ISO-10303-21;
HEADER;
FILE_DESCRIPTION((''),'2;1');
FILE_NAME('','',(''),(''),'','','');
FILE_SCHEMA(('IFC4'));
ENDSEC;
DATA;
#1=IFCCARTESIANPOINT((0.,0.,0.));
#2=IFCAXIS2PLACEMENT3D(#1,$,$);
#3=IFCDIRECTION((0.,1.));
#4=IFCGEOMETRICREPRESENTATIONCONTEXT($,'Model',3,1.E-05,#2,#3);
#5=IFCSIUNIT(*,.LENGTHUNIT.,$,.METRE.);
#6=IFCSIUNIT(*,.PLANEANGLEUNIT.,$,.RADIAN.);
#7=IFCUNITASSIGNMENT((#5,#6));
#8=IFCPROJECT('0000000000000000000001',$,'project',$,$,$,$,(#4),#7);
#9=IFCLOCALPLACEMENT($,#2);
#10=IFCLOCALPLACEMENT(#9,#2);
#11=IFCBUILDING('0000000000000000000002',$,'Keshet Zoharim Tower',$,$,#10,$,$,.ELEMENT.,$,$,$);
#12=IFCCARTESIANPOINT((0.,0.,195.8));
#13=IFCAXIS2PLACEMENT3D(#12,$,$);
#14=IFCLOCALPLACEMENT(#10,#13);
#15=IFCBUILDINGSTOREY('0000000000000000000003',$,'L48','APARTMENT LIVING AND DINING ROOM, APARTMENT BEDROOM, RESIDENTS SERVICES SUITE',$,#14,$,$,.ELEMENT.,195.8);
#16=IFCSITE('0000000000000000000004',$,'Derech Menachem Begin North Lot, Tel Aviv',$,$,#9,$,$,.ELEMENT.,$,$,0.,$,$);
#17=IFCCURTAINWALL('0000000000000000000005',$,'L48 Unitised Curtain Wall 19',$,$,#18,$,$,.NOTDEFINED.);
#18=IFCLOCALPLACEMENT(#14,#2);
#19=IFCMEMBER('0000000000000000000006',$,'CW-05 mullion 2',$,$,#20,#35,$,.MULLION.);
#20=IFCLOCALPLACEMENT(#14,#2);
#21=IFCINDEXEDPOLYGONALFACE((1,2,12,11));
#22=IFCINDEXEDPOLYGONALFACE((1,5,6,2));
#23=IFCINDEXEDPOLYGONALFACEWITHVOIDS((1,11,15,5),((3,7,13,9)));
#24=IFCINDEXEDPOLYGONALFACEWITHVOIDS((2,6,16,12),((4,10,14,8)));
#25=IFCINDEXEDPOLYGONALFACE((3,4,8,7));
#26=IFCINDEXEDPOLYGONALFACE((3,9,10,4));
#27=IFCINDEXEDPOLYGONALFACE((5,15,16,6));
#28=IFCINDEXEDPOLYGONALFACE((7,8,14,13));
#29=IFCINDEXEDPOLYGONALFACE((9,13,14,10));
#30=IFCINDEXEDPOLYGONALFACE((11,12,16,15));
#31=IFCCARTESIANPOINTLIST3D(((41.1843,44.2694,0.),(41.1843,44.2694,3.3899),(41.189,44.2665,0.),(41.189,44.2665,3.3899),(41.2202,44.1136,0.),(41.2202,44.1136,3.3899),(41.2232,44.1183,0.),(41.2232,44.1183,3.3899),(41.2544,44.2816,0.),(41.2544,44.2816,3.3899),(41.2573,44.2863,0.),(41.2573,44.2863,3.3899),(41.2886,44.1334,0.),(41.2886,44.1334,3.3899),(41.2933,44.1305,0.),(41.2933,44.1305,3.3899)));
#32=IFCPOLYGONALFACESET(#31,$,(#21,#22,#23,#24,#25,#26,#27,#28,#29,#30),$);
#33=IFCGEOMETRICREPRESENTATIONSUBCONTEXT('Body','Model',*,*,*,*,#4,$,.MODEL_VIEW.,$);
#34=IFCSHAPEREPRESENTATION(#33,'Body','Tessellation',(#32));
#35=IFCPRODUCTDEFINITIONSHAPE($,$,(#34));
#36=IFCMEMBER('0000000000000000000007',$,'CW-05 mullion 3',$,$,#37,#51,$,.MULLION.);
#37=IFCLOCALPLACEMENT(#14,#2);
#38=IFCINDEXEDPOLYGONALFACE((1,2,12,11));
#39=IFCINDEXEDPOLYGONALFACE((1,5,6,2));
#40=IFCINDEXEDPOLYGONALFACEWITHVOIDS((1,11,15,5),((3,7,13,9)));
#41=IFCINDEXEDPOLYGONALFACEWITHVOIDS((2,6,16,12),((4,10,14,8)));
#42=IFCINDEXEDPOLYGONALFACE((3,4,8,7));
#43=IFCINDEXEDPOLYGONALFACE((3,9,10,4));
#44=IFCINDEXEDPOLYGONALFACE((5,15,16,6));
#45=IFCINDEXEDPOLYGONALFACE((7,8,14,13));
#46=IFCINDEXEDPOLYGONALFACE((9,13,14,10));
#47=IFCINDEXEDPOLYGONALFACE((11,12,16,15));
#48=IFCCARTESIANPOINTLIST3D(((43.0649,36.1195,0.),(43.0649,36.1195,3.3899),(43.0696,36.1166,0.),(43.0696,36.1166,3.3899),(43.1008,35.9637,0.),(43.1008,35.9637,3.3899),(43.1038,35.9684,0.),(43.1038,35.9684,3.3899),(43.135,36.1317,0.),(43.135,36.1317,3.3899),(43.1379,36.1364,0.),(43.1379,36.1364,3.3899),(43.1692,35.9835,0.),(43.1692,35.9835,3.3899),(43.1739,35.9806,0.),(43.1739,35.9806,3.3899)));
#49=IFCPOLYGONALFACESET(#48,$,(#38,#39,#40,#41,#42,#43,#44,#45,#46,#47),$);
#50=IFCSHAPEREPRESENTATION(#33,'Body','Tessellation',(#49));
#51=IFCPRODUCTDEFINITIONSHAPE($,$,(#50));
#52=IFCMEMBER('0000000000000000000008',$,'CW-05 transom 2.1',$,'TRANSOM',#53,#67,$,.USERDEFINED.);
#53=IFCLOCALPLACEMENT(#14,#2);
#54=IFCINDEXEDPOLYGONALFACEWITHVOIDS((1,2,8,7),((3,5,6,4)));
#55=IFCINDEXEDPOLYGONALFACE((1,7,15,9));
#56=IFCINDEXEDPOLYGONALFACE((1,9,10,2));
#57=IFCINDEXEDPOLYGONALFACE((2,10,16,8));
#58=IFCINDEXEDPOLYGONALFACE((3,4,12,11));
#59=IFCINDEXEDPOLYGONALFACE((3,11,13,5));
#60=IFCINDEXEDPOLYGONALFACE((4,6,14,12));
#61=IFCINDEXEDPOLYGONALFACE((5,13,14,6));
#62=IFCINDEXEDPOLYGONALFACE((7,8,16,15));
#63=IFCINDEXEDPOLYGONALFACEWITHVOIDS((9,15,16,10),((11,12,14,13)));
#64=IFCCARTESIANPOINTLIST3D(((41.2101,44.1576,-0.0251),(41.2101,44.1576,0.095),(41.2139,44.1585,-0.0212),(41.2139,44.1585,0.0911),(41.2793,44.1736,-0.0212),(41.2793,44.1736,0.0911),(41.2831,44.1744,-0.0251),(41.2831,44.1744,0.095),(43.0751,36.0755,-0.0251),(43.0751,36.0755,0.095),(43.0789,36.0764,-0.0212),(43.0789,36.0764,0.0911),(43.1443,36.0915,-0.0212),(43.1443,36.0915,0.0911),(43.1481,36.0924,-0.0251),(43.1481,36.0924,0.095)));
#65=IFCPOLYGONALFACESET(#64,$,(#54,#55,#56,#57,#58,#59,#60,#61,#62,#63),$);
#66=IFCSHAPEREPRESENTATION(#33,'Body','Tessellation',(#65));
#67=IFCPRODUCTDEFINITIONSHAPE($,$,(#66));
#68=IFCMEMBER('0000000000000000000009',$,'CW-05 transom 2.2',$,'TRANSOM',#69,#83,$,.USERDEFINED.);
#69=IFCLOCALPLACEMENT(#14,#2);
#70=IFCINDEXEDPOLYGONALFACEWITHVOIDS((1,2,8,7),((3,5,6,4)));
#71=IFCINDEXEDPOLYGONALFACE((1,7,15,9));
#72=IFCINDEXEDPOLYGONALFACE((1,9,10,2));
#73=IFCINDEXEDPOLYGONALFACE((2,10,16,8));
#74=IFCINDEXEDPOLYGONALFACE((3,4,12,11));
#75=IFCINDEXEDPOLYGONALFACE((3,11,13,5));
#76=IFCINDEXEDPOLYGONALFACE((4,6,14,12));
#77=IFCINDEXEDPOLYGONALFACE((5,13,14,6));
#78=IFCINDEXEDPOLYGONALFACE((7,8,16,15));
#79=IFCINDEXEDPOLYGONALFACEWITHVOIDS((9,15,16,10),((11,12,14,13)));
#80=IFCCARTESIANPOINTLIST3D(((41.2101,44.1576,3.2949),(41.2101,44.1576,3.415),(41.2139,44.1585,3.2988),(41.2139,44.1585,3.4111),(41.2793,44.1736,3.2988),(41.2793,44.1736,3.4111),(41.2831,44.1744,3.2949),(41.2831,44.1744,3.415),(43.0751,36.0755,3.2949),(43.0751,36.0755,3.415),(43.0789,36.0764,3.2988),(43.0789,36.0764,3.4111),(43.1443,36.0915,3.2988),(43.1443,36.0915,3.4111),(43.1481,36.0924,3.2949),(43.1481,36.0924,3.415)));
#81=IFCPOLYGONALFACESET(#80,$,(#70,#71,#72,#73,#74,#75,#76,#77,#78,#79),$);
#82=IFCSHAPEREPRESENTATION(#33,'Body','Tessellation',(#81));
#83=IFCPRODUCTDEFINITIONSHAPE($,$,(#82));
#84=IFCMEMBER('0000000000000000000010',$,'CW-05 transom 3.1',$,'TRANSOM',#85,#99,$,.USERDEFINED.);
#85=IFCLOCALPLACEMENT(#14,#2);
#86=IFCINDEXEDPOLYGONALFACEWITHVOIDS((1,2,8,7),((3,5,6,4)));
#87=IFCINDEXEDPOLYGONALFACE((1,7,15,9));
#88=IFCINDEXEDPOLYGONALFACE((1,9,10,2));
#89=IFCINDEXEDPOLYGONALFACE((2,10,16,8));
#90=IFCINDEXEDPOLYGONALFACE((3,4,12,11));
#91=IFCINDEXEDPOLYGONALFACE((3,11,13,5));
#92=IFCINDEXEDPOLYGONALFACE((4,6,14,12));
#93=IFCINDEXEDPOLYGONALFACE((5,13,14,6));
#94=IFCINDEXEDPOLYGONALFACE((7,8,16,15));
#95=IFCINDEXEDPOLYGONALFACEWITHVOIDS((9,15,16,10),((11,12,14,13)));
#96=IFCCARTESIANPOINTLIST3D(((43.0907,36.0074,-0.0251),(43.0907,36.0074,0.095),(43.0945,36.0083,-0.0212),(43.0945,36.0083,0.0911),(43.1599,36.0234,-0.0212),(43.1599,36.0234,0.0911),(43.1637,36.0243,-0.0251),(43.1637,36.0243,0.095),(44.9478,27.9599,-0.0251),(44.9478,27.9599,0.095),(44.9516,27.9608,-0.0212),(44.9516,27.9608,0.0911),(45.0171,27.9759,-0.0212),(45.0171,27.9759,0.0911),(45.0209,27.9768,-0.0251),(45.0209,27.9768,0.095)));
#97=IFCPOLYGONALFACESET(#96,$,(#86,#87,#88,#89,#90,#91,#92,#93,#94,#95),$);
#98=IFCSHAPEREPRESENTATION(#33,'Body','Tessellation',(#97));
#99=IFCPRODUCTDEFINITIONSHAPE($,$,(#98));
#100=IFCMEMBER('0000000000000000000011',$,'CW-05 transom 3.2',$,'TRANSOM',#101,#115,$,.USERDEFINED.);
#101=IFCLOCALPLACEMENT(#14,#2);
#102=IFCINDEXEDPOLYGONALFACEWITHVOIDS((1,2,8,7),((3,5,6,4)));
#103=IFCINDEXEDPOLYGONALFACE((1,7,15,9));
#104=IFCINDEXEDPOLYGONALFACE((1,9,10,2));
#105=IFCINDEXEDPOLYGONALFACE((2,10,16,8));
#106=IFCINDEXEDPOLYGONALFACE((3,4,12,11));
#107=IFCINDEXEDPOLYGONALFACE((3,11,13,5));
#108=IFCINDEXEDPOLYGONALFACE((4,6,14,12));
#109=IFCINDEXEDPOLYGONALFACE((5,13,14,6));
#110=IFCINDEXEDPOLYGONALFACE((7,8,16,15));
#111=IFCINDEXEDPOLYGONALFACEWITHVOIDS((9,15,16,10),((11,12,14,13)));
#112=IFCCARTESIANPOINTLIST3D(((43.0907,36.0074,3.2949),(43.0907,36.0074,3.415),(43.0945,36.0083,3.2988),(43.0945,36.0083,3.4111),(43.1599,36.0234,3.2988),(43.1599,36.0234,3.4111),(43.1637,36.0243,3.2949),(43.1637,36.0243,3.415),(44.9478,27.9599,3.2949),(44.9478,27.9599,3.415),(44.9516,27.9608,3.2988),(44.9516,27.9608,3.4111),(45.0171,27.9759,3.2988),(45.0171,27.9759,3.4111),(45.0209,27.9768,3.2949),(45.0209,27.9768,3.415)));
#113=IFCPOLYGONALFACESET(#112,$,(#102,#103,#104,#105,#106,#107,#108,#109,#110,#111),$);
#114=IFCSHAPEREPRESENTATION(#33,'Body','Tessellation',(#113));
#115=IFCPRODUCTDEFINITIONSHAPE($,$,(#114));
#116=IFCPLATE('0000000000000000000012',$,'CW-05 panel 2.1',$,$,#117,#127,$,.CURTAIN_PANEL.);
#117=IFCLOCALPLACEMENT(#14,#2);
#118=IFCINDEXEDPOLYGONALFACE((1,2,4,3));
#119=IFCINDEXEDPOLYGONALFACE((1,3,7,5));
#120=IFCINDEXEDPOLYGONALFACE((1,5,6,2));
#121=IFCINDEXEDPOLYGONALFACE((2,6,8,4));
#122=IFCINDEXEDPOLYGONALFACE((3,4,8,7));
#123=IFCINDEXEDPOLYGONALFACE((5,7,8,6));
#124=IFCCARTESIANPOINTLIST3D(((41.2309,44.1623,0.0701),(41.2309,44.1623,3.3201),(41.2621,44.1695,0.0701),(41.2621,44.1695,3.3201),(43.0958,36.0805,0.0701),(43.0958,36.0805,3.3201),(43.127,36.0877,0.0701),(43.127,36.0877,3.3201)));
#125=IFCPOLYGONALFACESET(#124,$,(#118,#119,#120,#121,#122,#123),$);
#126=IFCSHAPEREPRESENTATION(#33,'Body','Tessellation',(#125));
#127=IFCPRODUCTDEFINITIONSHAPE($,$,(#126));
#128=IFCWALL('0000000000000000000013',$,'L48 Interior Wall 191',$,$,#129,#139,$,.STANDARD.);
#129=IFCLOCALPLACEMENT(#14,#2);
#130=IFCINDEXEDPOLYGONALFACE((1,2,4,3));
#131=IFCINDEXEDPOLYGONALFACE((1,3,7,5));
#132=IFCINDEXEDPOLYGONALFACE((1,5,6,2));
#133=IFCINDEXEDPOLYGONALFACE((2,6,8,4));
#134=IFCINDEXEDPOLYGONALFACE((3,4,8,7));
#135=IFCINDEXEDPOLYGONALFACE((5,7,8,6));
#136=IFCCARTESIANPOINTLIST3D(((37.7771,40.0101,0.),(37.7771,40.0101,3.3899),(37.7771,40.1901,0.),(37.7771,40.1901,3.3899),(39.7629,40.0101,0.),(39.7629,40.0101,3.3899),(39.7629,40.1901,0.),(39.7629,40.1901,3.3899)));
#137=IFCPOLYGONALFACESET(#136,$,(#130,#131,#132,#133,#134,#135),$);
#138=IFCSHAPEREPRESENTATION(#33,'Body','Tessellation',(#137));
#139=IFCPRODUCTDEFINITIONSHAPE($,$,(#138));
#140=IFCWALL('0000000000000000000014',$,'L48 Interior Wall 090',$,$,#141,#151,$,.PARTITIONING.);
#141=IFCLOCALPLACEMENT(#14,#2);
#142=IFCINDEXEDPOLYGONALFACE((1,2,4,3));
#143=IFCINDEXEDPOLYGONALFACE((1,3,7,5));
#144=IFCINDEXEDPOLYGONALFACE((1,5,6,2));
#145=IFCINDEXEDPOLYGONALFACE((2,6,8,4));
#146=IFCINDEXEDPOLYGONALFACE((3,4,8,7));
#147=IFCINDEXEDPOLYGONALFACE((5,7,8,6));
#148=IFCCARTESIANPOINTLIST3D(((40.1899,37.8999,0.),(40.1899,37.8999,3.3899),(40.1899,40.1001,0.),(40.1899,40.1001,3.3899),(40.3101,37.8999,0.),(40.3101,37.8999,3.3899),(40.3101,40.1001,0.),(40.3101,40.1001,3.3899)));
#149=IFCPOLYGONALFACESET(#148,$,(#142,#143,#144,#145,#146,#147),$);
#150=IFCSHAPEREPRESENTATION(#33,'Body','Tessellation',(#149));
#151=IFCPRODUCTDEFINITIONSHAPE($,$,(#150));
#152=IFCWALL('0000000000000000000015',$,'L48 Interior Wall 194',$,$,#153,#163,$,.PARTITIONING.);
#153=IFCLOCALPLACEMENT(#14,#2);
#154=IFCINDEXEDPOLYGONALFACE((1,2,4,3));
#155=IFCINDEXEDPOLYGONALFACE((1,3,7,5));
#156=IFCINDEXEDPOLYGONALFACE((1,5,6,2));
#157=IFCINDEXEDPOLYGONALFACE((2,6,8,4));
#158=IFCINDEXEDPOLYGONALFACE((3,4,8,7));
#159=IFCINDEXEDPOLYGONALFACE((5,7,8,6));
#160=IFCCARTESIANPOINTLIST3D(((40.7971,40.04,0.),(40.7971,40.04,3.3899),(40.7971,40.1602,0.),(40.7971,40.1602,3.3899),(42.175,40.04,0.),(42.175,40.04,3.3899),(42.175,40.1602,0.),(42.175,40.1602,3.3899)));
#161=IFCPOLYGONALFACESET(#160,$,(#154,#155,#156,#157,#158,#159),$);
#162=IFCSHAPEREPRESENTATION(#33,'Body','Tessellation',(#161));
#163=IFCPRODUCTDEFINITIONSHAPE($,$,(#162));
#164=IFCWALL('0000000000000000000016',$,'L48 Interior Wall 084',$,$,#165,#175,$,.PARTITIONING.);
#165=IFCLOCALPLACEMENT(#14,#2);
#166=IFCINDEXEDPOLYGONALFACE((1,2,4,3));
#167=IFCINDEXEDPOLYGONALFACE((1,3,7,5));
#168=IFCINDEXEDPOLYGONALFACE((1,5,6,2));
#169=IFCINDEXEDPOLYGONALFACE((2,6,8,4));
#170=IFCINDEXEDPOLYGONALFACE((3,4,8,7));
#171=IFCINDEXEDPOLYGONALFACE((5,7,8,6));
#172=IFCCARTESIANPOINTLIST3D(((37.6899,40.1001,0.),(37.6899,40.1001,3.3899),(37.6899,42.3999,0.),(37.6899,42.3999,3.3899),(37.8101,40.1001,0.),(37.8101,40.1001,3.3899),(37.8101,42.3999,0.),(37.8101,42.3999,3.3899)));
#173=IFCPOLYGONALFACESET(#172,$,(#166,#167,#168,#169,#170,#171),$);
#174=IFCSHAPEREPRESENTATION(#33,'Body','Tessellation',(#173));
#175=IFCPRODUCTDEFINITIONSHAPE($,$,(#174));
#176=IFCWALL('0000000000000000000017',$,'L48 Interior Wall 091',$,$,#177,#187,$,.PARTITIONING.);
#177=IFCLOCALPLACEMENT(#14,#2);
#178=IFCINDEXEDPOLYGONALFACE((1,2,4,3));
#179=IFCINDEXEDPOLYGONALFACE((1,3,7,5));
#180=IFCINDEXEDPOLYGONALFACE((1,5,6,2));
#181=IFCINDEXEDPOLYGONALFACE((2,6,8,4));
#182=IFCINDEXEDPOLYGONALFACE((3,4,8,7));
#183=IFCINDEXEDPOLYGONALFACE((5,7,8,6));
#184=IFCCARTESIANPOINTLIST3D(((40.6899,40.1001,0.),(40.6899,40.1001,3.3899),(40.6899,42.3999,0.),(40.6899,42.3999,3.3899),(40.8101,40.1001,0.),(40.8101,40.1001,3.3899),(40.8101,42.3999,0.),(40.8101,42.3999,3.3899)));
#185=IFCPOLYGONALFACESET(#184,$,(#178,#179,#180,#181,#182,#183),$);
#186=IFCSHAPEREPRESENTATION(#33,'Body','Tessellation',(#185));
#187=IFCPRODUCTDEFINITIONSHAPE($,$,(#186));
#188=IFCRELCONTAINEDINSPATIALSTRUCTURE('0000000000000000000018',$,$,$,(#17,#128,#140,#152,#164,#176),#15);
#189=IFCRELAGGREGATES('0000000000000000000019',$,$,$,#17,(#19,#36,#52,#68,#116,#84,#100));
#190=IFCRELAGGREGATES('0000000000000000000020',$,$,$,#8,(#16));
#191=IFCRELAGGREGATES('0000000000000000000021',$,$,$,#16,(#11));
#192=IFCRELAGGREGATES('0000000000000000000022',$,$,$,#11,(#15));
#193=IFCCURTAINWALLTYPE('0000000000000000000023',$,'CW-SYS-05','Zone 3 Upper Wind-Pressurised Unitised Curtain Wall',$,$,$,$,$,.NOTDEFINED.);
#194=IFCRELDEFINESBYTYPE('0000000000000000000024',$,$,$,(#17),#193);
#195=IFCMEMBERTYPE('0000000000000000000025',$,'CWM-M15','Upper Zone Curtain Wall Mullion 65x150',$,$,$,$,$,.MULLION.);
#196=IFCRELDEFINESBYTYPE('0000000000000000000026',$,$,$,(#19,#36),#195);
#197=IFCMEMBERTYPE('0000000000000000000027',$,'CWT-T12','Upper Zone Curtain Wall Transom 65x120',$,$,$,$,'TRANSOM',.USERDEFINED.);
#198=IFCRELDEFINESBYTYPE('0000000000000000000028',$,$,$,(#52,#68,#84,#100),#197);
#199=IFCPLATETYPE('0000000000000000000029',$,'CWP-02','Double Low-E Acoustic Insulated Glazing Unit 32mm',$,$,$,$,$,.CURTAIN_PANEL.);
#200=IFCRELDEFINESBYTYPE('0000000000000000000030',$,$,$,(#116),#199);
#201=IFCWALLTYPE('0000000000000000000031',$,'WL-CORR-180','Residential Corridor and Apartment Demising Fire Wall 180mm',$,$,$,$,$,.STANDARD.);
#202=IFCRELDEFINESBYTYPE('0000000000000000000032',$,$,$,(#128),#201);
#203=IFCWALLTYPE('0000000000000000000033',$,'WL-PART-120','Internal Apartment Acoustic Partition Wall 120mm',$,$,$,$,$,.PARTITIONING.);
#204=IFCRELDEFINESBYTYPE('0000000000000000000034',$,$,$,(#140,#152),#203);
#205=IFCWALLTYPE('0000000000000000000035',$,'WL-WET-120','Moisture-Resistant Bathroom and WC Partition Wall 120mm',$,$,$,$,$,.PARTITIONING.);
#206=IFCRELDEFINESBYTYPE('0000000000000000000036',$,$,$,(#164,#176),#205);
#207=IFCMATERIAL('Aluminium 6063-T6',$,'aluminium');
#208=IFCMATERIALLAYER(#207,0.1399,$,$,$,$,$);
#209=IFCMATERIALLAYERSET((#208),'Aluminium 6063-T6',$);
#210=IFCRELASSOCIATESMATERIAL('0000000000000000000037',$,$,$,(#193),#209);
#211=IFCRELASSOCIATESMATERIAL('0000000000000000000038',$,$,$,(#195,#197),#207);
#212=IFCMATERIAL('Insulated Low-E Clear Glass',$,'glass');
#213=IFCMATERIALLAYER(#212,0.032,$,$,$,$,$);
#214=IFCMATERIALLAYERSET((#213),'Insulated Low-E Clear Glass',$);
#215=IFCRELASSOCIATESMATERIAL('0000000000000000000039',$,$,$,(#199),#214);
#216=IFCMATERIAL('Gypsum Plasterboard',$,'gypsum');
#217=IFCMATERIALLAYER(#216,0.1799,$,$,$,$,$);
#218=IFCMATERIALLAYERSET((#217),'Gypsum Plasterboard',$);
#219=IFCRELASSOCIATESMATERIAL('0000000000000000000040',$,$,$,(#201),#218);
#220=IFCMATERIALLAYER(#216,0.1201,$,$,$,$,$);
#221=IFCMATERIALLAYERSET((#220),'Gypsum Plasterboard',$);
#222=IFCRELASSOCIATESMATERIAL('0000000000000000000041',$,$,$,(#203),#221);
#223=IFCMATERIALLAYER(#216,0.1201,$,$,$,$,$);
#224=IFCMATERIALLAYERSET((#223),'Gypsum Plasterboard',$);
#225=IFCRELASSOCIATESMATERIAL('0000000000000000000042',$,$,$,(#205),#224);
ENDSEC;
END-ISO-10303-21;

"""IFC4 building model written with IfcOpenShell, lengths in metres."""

from ifc_helpers import new_model, si_unit, direction, frame, frame_2d, origin, origin_2d, place, context, subcontext, project, spatial, rectangle, hollow_rectangle, extrude, material, layer, layer_set, material_profile, profile_set, type_object, element, aggregate, save


model = new_model("IFC4")

# Units and contexts
model_context = context("Model", 3, precision=1e-05, world=origin(), true_north=direction((0.0, 1.0)))
body_context = subcontext(model_context, "Body", "Model", "MODEL_VIEW")
ifc_project = project(units=[si_unit("LENGTHUNIT", "METRE"), si_unit("PLANEANGLEUNIT", "RADIAN")], contexts=[model_context])

# Site, building, storey
site_placement = place(None, origin())
site = spatial("IfcSite", under=ifc_project, at=site_placement, Name="Derech Menachem Begin North Lot, Tel Aviv", CompositionType="ELEMENT", RefElevation=0.0)
building_placement = place(site_placement, origin())
building = spatial("IfcBuilding", under=site, at=building_placement, Name="Keshet Zoharim Tower", CompositionType="ELEMENT")
storey_placement = place(building_placement, frame((0.0, 0.0, 195.8)))
storey = spatial("IfcBuildingStorey", under=building, at=storey_placement, Name="L48", Description="APARTMENT LIVING AND DINING ROOM, APARTMENT BEDROOM, RESIDENTS SERVICES SUITE", CompositionType="ELEMENT", Elevation=195.8)

# Curtain wall, members, plate
ifc_material_1 = material(Name="Aluminium 6063-T6", Category="aluminium")
ifc_layer_1 = layer(ifc_material_1, 0.1399)
ifc_layer_set_1 = layer_set([ifc_layer_1], Name="Aluminium 6063-T6")
curtain_wall_type = type_object("IfcCurtainWallType", Name="CW-SYS-05", Description="Zone 3 Upper Wind-Pressurised Unitised Curtain Wall", PredefinedType="NOTDEFINED", material=ifc_layer_set_1)
curtain_wall_placement = place(storey_placement, origin())
curtain_wall = element("IfcCurtainWall", 1, at=curtain_wall_placement, inside=storey, type_object=curtain_wall_type, Name="L48 Unitised Curtain Wall 19", PredefinedType="NOTDEFINED")
ifc_material_profile_1 = material_profile(ifc_material_1, hollow_rectangle(XDim=0.075, YDim=0.1599, WallThickness=0.0039, at=origin_2d()), Name="MUL-75x160")
ifc_profile_set_1 = profile_set([ifc_material_profile_1], Name="Aluminium 6063-T6")
member_type_1 = type_object("IfcMemberType", Name="CWM-M15", Description="Upper Zone Curtain Wall Mullion 65x150", PredefinedType="MULLION", material=ifc_profile_set_1)
member_1_placement = place(storey_placement, frame((41.2388, 44.2, 0.0), z_axis=(0.0, 0.0, 1.0), x_axis=(0.974394, 0.224848, 0.0)))
member_1 = element("IfcMember", 2, at=member_1_placement, type_object=member_type_1, Name="CW-05 mullion 2", PredefinedType="MULLION", context=body_context, shape_type="SweptSolid", body=[
    extrude(hollow_rectangle(XDim=0.075, YDim=0.1599, WallThickness=0.0039, at=origin_2d()), origin(), (0.0, 0.0, 1.0), 3.3899),
])
member_2_placement = place(storey_placement, frame((43.1194, 36.05, 0.0), z_axis=(0.0, 0.0, 1.0), x_axis=(0.974394, 0.224848, 0.0)))
member_2 = element("IfcMember", 3, at=member_2_placement, type_object=member_type_1, Name="CW-05 mullion 3", PredefinedType="MULLION", context=body_context, shape_type="SweptSolid", body=[
    extrude(hollow_rectangle(XDim=0.075, YDim=0.1599, WallThickness=0.0039, at=origin_2d()), origin(), (0.0, 0.0, 1.0), 3.3899),
])
ifc_material_profile_2 = material_profile(ifc_material_1, hollow_rectangle(XDim=0.075, YDim=0.1201, WallThickness=0.0039, at=origin_2d()), Name="TRN-75x120")
ifc_profile_set_2 = profile_set([ifc_material_profile_2], Name="Aluminium 6063-T6")
member_type_2 = type_object("IfcMemberType", Name="CWT-T12", Description="Upper Zone Curtain Wall Transom 65x120", ElementType="TRANSOM", PredefinedType="USERDEFINED", material=ifc_profile_set_2)
member_3_placement = place(storey_placement, frame((41.2466, 44.166, 0.0349), z_axis=(0.224849, -0.974394, 0.0), x_axis=(0.974394, 0.224849, 0.0)))
member_3 = element("IfcMember", 4, at=member_3_placement, type_object=member_type_2, Name="CW-05 transom 2.1", ObjectType="TRANSOM", PredefinedType="USERDEFINED", context=body_context, shape_type="SweptSolid", body=[
    extrude(hollow_rectangle(XDim=0.075, YDim=0.1201, WallThickness=0.0039, at=origin_2d()), origin(), (0.0, 0.0, 1.0), 8.2944),
])
member_4_placement = place(storey_placement, frame((41.2466, 44.166, 3.355), z_axis=(0.224849, -0.974394, 0.0), x_axis=(0.974394, 0.224849, 0.0)))
member_4 = element("IfcMember", 5, at=member_4_placement, type_object=member_type_2, Name="CW-05 transom 2.2", ObjectType="TRANSOM", PredefinedType="USERDEFINED", context=body_context, shape_type="SweptSolid", body=[
    extrude(hollow_rectangle(XDim=0.075, YDim=0.1201, WallThickness=0.0039, at=origin_2d()), origin(), (0.0, 0.0, 1.0), 8.2944),
])
member_5_placement = place(storey_placement, frame((43.1272, 36.0159, 0.0349), z_axis=(0.224864, -0.97439, 0.0), x_axis=(0.97439, 0.224864, 0.0)))
member_5 = element("IfcMember", 6, at=member_5_placement, type_object=member_type_2, Name="CW-05 transom 3.1", ObjectType="TRANSOM", PredefinedType="USERDEFINED", context=body_context, shape_type="SweptSolid", body=[
    extrude(hollow_rectangle(XDim=0.075, YDim=0.1201, WallThickness=0.0039, at=origin_2d()), origin(), (0.0, 0.0, 1.0), 8.259),
])
member_6_placement = place(storey_placement, frame((43.1272, 36.0159, 3.355), z_axis=(0.224864, -0.97439, 0.0), x_axis=(0.97439, 0.224864, 0.0)))
member_6 = element("IfcMember", 7, at=member_6_placement, type_object=member_type_2, Name="CW-05 transom 3.2", ObjectType="TRANSOM", PredefinedType="USERDEFINED", context=body_context, shape_type="SweptSolid", body=[
    extrude(hollow_rectangle(XDim=0.075, YDim=0.1201, WallThickness=0.0039, at=origin_2d()), origin(), (0.0, 0.0, 1.0), 8.259),
])
ifc_material_2 = material(Name="Insulated Low-E Clear Glass", Category="glass")
ifc_layer_2 = layer(ifc_material_2, 0.032)
ifc_layer_set_2 = layer_set([ifc_layer_2], Name="Insulated Low-E Clear Glass")
plate_type = type_object("IfcPlateType", Name="CWP-02", Description="Double Low-E Acoustic Insulated Glazing Unit 32mm", PredefinedType="CURTAIN_PANEL", material=ifc_layer_set_2)
plate_placement = place(storey_placement, frame((42.179, 40.125, 0.0701), z_axis=(0.0, 0.0, 1.0), x_axis=(0.224848, -0.974394, 0.0)))
plate = element("IfcPlate", 8, at=plate_placement, type_object=plate_type, Name="CW-05 panel 2.1", PredefinedType="CURTAIN_PANEL", context=body_context, shape_type="SweptSolid", body=[
    extrude(rectangle(XDim=8.2942, YDim=0.032, at=origin_2d()), origin(), (0.0, 0.0, 1.0), 3.25),
])
aggregate(curtain_wall, [member_1, member_2, member_3, member_4, plate, member_5, member_6])

# Walls
ifc_material_3 = material(Name="Gypsum Plasterboard", Category="gypsum")
ifc_layer_3 = layer(ifc_material_3, 0.1799)
ifc_layer_set_3 = layer_set([ifc_layer_3], Name="Gypsum Plasterboard")
wall_type_1 = type_object("IfcWallType", Name="WL-CORR-180", Description="Residential Corridor and Apartment Demising Fire Wall 180mm", PredefinedType="STANDARD", material=ifc_layer_set_3)
wall_1_placement = place(storey_placement, frame((37.7771, 40.1001, 0.0), z_axis=(0.0, 0.0, 1.0), x_axis=(1.0, 0.0, 0.0)))
element("IfcWall", 9, at=wall_1_placement, inside=storey, type_object=wall_type_1, Name="L48 Interior Wall 191", PredefinedType="STANDARD", context=body_context, shape_type="SweptSolid", body=[
    extrude(rectangle(XDim=1.9858, YDim=0.1799, at=frame_2d((0.9929, 0.0))), origin(), (0.0, 0.0, 1.0), 3.3899),
])
ifc_layer_4 = layer(ifc_material_3, 0.1201)
ifc_layer_set_4 = layer_set([ifc_layer_4], Name="Gypsum Plasterboard")
wall_type_2 = type_object("IfcWallType", Name="WL-PART-120", Description="Internal Apartment Acoustic Partition Wall 120mm", PredefinedType="PARTITIONING", material=ifc_layer_set_4)
wall_2_placement = place(storey_placement, frame((40.25, 37.8999, 0.0), z_axis=(0.0, 0.0, 1.0), x_axis=(0.0, 1.0, 0.0)))
element("IfcWall", 10, at=wall_2_placement, inside=storey, type_object=wall_type_2, Name="L48 Interior Wall 090", PredefinedType="PARTITIONING", context=body_context, shape_type="SweptSolid", body=[
    extrude(rectangle(XDim=2.2002, YDim=0.1201, at=frame_2d((1.1001, 0.0))), origin(), (0.0, 0.0, 1.0), 3.3899),
])
wall_3_placement = place(storey_placement, frame((40.7971, 40.1001, 0.0), z_axis=(0.0, 0.0, 1.0), x_axis=(1.0, 0.0, 0.0)))
element("IfcWall", 11, at=wall_3_placement, inside=storey, type_object=wall_type_2, Name="L48 Interior Wall 194", PredefinedType="PARTITIONING", context=body_context, shape_type="SweptSolid", body=[
    extrude(rectangle(XDim=1.3779, YDim=0.1201, at=frame_2d((0.689, 0.0))), origin(), (0.0, 0.0, 1.0), 3.3899),
])
ifc_layer_5 = layer(ifc_material_3, 0.1201)
ifc_layer_set_5 = layer_set([ifc_layer_5], Name="Gypsum Plasterboard")
wall_type_3 = type_object("IfcWallType", Name="WL-WET-120", Description="Moisture-Resistant Bathroom and WC Partition Wall 120mm", PredefinedType="PARTITIONING", material=ifc_layer_set_5)
for number, where, z_axis, x_axis, name in (
    (12, (37.75, 40.1001, 0.0), (0.0, 0.0, 1.0), (0.0, 1.0, 0.0), "L48 Interior Wall 084"),
    (13, (40.75, 40.1001, 0.0), (0.0, 0.0, 1.0), (0.0, 1.0, 0.0), "L48 Interior Wall 091"),
):
    element("IfcWall", number, at=place(storey_placement, frame(where, z_axis=z_axis, x_axis=x_axis)), inside=storey, type_object=wall_type_3, Name=name, PredefinedType="PARTITIONING", context=body_context, shape_type="SweptSolid", body=[
        extrude(rectangle(XDim=2.2998, YDim=0.1201, at=frame_2d((1.1499, 0.0))), origin(), (0.0, 0.0, 1.0), 3.3899),
    ])

save(model, "model.ifc")
